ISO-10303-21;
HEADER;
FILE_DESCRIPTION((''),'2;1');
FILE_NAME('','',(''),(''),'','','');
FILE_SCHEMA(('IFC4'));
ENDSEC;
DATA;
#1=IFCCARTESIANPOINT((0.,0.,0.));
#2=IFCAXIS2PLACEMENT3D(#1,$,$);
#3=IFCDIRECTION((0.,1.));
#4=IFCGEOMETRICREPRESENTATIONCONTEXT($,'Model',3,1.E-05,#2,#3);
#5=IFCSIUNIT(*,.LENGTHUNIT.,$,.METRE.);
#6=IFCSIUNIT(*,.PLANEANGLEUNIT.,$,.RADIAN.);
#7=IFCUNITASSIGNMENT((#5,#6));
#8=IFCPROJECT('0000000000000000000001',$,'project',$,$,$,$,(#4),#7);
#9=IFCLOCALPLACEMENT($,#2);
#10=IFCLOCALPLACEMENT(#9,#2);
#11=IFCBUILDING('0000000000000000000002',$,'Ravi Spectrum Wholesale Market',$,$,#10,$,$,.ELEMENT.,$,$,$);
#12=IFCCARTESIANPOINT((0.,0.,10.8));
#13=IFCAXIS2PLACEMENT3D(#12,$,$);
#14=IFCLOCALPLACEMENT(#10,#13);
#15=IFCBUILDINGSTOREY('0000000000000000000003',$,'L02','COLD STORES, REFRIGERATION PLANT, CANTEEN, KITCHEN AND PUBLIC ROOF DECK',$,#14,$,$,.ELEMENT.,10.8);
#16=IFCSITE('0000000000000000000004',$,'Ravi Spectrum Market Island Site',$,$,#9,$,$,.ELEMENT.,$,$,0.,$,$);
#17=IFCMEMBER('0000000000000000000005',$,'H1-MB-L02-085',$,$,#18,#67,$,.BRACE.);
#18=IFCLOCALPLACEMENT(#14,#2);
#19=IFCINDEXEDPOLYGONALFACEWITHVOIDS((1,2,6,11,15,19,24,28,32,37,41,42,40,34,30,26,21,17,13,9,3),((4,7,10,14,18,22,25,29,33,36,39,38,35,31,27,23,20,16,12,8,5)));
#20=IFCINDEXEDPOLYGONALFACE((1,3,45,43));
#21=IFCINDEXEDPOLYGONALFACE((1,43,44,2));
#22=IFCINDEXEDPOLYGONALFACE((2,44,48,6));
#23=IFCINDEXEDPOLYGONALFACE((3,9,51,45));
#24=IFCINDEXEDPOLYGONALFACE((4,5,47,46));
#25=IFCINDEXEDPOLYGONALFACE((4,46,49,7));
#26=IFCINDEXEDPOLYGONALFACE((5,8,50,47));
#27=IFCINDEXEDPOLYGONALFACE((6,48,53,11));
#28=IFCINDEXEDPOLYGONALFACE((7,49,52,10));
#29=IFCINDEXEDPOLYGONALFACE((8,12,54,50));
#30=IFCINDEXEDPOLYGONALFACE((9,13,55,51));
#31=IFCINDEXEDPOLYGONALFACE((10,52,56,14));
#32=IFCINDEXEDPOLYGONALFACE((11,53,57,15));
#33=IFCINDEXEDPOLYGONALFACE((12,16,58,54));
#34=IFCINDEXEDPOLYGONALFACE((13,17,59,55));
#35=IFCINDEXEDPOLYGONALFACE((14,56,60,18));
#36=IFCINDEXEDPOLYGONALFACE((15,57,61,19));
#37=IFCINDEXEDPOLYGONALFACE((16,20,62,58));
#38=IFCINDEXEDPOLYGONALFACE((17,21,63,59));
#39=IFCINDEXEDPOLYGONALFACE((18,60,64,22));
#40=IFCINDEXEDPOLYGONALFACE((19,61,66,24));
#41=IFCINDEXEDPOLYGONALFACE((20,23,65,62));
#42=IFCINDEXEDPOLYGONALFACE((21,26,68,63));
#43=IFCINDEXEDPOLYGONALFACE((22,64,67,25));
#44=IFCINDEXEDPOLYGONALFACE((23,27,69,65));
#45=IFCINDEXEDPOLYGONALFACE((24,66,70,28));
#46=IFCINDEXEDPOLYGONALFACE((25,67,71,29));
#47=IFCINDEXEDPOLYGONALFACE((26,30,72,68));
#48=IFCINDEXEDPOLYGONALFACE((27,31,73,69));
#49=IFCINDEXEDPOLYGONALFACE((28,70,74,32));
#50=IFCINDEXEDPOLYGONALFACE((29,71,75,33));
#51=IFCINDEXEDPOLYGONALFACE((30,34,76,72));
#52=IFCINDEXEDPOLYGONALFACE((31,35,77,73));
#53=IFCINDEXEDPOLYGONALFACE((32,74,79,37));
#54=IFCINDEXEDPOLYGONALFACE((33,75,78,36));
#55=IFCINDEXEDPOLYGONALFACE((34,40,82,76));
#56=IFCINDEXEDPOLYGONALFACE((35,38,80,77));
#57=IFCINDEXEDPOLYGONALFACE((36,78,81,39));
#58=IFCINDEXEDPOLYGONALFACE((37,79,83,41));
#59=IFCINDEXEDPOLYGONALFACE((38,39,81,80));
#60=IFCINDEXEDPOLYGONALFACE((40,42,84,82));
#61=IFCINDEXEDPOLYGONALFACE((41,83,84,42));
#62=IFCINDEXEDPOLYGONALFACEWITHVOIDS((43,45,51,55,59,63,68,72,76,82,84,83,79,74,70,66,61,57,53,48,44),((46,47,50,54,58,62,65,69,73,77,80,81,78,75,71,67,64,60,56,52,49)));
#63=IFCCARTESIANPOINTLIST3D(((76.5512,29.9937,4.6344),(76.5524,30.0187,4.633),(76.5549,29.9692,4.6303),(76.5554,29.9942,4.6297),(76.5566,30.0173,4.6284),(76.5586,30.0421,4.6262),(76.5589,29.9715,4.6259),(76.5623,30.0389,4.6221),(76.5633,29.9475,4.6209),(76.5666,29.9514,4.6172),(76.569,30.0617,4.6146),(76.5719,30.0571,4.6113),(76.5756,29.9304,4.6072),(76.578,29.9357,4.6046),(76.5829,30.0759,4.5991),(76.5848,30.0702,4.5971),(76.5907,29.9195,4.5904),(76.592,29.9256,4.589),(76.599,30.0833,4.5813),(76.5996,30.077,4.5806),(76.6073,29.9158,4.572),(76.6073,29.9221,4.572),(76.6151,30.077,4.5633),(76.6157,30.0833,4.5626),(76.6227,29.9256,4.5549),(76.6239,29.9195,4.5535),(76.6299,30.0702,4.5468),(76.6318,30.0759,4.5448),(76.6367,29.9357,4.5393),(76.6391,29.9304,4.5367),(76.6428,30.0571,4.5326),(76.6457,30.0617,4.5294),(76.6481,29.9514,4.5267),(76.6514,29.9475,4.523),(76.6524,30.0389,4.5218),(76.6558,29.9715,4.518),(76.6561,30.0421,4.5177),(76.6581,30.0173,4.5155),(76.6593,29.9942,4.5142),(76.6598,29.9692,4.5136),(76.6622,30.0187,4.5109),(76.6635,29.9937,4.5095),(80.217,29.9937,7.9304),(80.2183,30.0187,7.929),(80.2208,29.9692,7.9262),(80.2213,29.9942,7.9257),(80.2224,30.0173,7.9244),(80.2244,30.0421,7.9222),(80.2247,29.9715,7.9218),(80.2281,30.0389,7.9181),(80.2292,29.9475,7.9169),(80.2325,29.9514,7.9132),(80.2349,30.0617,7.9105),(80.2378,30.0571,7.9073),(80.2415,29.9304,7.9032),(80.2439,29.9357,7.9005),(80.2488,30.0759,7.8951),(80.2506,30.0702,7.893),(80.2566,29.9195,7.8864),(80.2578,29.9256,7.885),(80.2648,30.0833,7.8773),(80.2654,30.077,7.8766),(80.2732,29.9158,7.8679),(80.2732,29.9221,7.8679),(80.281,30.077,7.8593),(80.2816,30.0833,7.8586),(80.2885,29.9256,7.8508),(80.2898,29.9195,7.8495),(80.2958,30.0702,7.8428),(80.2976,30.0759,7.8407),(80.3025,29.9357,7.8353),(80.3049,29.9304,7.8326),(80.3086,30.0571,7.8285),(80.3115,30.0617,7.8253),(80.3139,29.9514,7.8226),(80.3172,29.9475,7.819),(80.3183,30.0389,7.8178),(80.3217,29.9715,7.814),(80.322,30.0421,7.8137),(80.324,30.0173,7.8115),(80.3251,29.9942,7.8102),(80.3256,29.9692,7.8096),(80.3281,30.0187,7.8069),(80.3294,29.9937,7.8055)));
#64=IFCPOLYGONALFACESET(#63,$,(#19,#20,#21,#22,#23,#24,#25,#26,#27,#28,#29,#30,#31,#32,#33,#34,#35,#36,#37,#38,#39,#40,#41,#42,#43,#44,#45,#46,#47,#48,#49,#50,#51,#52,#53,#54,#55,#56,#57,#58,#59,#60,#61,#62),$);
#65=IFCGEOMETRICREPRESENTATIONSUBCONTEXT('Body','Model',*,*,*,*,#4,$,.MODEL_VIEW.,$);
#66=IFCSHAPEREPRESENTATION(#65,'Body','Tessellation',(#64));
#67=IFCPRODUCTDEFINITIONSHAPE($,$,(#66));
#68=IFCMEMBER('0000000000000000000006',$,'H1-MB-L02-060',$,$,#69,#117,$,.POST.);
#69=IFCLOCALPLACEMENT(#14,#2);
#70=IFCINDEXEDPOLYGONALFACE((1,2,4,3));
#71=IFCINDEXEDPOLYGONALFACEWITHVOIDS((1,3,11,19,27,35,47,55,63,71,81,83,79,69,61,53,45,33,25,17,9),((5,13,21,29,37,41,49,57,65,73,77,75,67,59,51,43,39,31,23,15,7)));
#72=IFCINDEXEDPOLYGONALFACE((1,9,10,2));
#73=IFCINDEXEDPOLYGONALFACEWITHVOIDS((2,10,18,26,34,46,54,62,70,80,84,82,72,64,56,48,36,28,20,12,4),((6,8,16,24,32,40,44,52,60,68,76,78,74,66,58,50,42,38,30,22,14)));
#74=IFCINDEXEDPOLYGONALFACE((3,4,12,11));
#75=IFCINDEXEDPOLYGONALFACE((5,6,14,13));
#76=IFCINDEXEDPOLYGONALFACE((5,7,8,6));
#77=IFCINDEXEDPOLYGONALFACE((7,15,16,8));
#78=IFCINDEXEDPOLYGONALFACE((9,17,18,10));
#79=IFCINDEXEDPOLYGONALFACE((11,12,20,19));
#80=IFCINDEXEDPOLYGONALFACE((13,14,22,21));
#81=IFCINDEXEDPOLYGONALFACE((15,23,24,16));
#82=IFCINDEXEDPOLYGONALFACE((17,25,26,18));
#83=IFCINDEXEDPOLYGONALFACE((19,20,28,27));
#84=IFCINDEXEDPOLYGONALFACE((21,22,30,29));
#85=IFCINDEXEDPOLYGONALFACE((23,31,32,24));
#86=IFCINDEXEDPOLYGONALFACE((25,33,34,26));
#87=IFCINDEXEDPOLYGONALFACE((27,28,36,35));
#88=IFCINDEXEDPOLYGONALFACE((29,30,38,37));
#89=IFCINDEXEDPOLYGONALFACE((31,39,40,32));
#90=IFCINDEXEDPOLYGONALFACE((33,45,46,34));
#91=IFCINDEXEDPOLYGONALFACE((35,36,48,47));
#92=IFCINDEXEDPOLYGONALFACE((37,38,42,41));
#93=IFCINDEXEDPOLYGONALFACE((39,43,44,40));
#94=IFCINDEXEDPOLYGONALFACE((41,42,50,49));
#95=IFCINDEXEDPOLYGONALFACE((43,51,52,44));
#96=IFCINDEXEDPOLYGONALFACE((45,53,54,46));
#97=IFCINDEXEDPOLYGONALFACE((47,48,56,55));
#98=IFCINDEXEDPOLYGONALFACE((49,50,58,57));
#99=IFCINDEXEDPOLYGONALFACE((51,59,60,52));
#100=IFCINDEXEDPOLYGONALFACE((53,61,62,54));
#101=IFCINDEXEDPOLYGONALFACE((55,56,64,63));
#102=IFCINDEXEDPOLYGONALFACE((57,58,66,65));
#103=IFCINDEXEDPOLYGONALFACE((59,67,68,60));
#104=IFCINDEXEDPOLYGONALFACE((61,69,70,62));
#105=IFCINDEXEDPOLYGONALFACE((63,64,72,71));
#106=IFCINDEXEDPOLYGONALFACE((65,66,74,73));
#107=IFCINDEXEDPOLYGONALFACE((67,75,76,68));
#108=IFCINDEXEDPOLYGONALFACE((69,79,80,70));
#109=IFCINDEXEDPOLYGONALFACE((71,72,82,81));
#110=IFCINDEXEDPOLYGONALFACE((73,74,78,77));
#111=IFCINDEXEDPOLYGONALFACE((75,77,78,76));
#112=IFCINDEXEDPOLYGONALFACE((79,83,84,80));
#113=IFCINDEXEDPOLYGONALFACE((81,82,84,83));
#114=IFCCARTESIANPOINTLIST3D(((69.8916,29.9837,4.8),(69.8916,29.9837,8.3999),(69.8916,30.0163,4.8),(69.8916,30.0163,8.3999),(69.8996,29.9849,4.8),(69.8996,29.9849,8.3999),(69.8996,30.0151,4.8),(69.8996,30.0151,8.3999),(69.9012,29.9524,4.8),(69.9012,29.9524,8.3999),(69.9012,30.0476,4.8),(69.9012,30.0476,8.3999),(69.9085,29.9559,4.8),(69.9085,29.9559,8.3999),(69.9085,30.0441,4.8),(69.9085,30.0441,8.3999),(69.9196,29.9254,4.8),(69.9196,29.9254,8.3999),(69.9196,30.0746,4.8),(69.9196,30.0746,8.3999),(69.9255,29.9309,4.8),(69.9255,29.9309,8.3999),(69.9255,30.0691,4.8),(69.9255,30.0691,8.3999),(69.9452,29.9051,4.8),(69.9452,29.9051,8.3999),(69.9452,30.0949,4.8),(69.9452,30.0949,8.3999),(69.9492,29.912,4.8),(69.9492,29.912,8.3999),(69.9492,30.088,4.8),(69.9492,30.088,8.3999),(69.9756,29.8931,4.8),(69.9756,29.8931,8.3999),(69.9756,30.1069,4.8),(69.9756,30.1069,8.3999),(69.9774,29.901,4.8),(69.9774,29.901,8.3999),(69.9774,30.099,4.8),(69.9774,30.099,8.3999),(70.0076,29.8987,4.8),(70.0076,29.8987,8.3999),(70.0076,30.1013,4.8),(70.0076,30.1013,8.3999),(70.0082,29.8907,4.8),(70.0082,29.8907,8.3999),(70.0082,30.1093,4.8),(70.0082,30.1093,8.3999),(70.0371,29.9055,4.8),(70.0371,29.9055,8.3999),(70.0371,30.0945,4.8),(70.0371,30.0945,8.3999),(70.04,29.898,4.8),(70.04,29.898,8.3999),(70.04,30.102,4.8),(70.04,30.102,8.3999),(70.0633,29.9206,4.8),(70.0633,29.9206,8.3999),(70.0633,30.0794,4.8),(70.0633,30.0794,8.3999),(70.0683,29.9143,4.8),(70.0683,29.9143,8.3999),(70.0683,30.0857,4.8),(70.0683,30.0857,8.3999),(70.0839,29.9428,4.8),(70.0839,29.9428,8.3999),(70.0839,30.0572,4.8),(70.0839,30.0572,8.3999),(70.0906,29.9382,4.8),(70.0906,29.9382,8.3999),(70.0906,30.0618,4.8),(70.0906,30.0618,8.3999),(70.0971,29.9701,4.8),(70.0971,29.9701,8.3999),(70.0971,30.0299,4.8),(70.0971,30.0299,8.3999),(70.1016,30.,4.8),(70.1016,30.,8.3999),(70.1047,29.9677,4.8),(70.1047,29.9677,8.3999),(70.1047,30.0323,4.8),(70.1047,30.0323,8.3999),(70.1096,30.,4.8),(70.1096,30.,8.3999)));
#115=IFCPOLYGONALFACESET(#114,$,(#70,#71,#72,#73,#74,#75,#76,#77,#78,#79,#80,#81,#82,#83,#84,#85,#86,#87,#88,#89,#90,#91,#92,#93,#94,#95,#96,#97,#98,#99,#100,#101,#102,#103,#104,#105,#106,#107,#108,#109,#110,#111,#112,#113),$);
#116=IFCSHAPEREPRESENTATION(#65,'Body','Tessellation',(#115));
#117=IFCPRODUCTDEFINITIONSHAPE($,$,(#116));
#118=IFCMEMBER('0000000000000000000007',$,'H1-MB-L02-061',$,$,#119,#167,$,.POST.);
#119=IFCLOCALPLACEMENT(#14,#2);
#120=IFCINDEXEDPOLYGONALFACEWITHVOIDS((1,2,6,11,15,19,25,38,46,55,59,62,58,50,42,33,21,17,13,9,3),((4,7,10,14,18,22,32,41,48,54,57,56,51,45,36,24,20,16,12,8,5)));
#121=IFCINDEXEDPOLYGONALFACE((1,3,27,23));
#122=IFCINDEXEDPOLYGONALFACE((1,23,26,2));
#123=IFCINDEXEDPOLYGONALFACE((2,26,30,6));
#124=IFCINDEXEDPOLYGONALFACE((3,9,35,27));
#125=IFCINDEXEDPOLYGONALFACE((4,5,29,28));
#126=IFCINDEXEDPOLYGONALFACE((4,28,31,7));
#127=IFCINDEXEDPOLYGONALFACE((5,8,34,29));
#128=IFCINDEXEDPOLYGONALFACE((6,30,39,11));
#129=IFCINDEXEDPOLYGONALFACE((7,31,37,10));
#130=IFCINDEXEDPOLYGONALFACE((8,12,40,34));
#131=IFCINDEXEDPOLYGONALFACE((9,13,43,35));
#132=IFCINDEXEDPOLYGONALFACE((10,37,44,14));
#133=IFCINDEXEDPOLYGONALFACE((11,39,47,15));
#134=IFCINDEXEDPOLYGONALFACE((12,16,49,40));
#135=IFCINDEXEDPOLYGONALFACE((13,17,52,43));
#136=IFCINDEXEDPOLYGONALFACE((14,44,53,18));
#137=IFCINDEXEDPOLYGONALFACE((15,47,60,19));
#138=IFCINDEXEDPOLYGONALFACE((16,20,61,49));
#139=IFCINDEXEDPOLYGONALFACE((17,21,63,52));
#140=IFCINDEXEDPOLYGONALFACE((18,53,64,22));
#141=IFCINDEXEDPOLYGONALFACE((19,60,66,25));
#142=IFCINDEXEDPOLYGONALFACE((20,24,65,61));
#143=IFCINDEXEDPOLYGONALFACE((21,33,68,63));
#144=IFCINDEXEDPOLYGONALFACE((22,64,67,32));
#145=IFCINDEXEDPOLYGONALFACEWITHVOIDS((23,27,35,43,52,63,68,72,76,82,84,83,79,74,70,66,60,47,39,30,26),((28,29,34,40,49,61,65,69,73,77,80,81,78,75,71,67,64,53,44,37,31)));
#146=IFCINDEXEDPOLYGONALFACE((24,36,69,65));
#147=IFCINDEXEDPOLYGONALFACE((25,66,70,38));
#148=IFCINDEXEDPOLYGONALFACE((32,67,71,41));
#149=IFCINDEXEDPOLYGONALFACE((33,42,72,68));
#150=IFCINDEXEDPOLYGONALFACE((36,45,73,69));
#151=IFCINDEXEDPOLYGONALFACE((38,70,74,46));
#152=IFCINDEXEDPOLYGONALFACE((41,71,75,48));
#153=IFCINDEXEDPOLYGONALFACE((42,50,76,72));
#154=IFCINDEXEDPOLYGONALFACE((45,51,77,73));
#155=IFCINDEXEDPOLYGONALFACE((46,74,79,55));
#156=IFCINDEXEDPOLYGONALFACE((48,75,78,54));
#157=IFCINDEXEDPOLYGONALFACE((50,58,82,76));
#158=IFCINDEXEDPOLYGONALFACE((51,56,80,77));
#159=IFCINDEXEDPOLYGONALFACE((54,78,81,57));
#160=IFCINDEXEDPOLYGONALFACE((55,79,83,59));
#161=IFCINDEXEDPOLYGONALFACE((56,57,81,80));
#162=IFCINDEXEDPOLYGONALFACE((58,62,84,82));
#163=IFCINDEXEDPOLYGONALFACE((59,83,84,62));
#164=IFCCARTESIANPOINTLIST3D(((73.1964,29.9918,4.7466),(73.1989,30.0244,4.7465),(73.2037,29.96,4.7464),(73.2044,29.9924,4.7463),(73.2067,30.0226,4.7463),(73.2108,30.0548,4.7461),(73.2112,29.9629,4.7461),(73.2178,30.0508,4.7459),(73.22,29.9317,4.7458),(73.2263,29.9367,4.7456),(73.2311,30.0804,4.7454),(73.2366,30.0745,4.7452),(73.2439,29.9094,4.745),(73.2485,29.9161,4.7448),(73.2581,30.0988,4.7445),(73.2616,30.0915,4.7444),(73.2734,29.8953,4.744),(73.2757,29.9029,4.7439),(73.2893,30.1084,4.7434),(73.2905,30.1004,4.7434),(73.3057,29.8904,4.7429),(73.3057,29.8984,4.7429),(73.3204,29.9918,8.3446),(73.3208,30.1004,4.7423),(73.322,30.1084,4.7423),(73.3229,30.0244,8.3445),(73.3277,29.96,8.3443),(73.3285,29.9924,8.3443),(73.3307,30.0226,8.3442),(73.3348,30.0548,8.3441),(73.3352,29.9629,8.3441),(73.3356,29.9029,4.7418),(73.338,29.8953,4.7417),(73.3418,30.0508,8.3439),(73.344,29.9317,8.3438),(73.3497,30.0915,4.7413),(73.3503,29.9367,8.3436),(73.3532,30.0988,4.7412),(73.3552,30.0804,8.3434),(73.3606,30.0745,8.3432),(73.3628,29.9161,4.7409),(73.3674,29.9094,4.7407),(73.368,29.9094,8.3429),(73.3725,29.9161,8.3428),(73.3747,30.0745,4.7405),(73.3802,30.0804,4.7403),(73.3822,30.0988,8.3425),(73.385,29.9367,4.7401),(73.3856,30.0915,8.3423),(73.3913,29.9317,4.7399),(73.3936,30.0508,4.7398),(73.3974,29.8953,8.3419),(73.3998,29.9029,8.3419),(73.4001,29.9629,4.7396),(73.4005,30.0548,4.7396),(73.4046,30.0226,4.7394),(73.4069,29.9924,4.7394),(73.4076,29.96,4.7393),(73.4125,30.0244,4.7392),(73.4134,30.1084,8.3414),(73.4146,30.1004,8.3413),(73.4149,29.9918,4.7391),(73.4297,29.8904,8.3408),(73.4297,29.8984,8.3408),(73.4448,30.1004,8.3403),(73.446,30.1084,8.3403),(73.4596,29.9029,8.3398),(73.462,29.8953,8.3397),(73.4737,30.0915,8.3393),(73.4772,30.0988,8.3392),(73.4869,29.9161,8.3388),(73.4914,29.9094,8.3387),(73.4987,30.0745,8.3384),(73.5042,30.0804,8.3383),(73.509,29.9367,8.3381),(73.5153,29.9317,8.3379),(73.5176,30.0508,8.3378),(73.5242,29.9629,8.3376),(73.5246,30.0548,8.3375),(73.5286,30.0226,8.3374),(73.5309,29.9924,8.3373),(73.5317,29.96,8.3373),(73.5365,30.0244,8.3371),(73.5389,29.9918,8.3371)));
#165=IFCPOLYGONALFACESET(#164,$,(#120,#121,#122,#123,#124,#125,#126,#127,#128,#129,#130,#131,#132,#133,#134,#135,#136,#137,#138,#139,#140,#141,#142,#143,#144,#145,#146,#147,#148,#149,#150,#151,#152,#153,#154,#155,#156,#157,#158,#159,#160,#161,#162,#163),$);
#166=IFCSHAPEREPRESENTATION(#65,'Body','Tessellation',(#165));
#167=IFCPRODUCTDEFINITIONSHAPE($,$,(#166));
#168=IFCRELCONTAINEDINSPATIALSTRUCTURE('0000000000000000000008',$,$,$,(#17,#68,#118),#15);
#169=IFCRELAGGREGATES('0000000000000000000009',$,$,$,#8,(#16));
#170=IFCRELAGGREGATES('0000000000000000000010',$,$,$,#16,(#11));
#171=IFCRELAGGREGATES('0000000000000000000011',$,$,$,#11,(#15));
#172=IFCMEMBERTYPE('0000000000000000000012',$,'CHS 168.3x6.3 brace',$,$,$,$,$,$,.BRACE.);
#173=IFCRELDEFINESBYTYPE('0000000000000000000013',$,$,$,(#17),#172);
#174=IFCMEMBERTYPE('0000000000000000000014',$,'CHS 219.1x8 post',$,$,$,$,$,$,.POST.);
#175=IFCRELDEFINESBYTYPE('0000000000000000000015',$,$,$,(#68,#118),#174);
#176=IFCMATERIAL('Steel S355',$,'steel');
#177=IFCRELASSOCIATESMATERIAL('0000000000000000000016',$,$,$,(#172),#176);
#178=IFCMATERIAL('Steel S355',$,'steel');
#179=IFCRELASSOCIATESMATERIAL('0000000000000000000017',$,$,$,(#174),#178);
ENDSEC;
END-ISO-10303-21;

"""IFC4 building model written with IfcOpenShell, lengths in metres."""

from ifc_helpers import new_model, si_unit, direction, frame, origin, origin_2d, place, context, subcontext, project, spatial, hollow_circle, extrude, material, material_profile, profile_set, type_object, element, save


model = new_model("IFC4")

# Units and contexts
model_context = context("Model", 3, precision=1e-05, world=origin(), true_north=direction((0.0, 1.0)))
body_context = subcontext(model_context, "Body", "Model", "MODEL_VIEW")
ifc_project = project(units=[si_unit("LENGTHUNIT", "METRE"), si_unit("PLANEANGLEUNIT", "RADIAN")], contexts=[model_context])

# Site, building, storey
site_placement = place(None, origin())
site = spatial("IfcSite", under=ifc_project, at=site_placement, Name="Ravi Spectrum Market Island Site", CompositionType="ELEMENT", RefElevation=0.0)
building_placement = place(site_placement, origin())
building = spatial("IfcBuilding", under=site, at=building_placement, Name="Ravi Spectrum Wholesale Market", CompositionType="ELEMENT")
storey_placement = place(building_placement, frame((0.0, 0.0, 10.8)))
storey = spatial("IfcBuildingStorey", under=building, at=storey_placement, Name="L02", Description="COLD STORES, REFRIGERATION PLANT, CANTEEN, KITCHEN AND PUBLIC ROOF DECK", CompositionType="ELEMENT", Elevation=10.8)

# Members
ifc_material_1 = material(Name="Steel S355", Category="steel")
ifc_material_profile_1 = material_profile(ifc_material_1, hollow_circle(Radius=0.0842, WallThickness=0.0063, at=origin_2d()))
ifc_profile_set_1 = profile_set([ifc_material_profile_1], Name="Steel S355")
member_type_1 = type_object("IfcMemberType", Name="CHS 168.3x6.3 brace", PredefinedType="BRACE", material=ifc_profile_set_1)
member_1_placement = place(storey_placement, frame((80.2732, 30.0, 7.8679), z_axis=(-0.743627, 0.0, -0.668595), x_axis=(0.0, -1.0, 0.0)))
element("IfcMember", 1, at=member_1_placement, inside=storey, type_object=member_type_1, Name="H1-MB-L02-085", PredefinedType="BRACE", context=body_context, shape_type="SweptSolid", body=[
    extrude(hollow_circle(Radius=0.0842, WallThickness=0.0063, at=origin_2d()), origin(), (0.0, 0.0, 1.0), 4.9297),
])
ifc_material_2 = material(Name="Steel S355", Category="steel")
ifc_material_profile_2 = material_profile(ifc_material_2, hollow_circle(Radius=0.1096, WallThickness=0.0081, at=origin_2d()))
ifc_profile_set_2 = profile_set([ifc_material_profile_2], Name="Steel S355")
member_type_2 = type_object("IfcMemberType", Name="CHS 219.1x8 post", PredefinedType="POST", material=ifc_profile_set_2)
member_2_placement = place(storey_placement, frame((70.0, 30.0, 8.3999), z_axis=(0.0, 0.0, -1.0), x_axis=(1.0, 0.0, 0.0)))
element("IfcMember", 2, at=member_2_placement, inside=storey, type_object=member_type_2, Name="H1-MB-L02-060", PredefinedType="POST", context=body_context, shape_type="SweptSolid", body=[
    extrude(hollow_circle(Radius=0.1096, WallThickness=0.0081, at=origin_2d()), origin(), (0.0, 0.0, 1.0), 3.5999),
])
member_3_placement = place(storey_placement, frame((73.4297, 30.0, 8.3408), z_axis=(-0.034451, 0.0, -0.999406), x_axis=(0.0, -1.0, 0.0)))
element("IfcMember", 3, at=member_3_placement, inside=storey, type_object=member_type_2, Name="H1-MB-L02-061", PredefinedType="POST", context=body_context, shape_type="SweptSolid", body=[
    extrude(hollow_circle(Radius=0.1096, WallThickness=0.0081, at=origin_2d()), origin(), (0.0, 0.0, 1.0), 3.6001),
])

save(model, "model.ifc")
